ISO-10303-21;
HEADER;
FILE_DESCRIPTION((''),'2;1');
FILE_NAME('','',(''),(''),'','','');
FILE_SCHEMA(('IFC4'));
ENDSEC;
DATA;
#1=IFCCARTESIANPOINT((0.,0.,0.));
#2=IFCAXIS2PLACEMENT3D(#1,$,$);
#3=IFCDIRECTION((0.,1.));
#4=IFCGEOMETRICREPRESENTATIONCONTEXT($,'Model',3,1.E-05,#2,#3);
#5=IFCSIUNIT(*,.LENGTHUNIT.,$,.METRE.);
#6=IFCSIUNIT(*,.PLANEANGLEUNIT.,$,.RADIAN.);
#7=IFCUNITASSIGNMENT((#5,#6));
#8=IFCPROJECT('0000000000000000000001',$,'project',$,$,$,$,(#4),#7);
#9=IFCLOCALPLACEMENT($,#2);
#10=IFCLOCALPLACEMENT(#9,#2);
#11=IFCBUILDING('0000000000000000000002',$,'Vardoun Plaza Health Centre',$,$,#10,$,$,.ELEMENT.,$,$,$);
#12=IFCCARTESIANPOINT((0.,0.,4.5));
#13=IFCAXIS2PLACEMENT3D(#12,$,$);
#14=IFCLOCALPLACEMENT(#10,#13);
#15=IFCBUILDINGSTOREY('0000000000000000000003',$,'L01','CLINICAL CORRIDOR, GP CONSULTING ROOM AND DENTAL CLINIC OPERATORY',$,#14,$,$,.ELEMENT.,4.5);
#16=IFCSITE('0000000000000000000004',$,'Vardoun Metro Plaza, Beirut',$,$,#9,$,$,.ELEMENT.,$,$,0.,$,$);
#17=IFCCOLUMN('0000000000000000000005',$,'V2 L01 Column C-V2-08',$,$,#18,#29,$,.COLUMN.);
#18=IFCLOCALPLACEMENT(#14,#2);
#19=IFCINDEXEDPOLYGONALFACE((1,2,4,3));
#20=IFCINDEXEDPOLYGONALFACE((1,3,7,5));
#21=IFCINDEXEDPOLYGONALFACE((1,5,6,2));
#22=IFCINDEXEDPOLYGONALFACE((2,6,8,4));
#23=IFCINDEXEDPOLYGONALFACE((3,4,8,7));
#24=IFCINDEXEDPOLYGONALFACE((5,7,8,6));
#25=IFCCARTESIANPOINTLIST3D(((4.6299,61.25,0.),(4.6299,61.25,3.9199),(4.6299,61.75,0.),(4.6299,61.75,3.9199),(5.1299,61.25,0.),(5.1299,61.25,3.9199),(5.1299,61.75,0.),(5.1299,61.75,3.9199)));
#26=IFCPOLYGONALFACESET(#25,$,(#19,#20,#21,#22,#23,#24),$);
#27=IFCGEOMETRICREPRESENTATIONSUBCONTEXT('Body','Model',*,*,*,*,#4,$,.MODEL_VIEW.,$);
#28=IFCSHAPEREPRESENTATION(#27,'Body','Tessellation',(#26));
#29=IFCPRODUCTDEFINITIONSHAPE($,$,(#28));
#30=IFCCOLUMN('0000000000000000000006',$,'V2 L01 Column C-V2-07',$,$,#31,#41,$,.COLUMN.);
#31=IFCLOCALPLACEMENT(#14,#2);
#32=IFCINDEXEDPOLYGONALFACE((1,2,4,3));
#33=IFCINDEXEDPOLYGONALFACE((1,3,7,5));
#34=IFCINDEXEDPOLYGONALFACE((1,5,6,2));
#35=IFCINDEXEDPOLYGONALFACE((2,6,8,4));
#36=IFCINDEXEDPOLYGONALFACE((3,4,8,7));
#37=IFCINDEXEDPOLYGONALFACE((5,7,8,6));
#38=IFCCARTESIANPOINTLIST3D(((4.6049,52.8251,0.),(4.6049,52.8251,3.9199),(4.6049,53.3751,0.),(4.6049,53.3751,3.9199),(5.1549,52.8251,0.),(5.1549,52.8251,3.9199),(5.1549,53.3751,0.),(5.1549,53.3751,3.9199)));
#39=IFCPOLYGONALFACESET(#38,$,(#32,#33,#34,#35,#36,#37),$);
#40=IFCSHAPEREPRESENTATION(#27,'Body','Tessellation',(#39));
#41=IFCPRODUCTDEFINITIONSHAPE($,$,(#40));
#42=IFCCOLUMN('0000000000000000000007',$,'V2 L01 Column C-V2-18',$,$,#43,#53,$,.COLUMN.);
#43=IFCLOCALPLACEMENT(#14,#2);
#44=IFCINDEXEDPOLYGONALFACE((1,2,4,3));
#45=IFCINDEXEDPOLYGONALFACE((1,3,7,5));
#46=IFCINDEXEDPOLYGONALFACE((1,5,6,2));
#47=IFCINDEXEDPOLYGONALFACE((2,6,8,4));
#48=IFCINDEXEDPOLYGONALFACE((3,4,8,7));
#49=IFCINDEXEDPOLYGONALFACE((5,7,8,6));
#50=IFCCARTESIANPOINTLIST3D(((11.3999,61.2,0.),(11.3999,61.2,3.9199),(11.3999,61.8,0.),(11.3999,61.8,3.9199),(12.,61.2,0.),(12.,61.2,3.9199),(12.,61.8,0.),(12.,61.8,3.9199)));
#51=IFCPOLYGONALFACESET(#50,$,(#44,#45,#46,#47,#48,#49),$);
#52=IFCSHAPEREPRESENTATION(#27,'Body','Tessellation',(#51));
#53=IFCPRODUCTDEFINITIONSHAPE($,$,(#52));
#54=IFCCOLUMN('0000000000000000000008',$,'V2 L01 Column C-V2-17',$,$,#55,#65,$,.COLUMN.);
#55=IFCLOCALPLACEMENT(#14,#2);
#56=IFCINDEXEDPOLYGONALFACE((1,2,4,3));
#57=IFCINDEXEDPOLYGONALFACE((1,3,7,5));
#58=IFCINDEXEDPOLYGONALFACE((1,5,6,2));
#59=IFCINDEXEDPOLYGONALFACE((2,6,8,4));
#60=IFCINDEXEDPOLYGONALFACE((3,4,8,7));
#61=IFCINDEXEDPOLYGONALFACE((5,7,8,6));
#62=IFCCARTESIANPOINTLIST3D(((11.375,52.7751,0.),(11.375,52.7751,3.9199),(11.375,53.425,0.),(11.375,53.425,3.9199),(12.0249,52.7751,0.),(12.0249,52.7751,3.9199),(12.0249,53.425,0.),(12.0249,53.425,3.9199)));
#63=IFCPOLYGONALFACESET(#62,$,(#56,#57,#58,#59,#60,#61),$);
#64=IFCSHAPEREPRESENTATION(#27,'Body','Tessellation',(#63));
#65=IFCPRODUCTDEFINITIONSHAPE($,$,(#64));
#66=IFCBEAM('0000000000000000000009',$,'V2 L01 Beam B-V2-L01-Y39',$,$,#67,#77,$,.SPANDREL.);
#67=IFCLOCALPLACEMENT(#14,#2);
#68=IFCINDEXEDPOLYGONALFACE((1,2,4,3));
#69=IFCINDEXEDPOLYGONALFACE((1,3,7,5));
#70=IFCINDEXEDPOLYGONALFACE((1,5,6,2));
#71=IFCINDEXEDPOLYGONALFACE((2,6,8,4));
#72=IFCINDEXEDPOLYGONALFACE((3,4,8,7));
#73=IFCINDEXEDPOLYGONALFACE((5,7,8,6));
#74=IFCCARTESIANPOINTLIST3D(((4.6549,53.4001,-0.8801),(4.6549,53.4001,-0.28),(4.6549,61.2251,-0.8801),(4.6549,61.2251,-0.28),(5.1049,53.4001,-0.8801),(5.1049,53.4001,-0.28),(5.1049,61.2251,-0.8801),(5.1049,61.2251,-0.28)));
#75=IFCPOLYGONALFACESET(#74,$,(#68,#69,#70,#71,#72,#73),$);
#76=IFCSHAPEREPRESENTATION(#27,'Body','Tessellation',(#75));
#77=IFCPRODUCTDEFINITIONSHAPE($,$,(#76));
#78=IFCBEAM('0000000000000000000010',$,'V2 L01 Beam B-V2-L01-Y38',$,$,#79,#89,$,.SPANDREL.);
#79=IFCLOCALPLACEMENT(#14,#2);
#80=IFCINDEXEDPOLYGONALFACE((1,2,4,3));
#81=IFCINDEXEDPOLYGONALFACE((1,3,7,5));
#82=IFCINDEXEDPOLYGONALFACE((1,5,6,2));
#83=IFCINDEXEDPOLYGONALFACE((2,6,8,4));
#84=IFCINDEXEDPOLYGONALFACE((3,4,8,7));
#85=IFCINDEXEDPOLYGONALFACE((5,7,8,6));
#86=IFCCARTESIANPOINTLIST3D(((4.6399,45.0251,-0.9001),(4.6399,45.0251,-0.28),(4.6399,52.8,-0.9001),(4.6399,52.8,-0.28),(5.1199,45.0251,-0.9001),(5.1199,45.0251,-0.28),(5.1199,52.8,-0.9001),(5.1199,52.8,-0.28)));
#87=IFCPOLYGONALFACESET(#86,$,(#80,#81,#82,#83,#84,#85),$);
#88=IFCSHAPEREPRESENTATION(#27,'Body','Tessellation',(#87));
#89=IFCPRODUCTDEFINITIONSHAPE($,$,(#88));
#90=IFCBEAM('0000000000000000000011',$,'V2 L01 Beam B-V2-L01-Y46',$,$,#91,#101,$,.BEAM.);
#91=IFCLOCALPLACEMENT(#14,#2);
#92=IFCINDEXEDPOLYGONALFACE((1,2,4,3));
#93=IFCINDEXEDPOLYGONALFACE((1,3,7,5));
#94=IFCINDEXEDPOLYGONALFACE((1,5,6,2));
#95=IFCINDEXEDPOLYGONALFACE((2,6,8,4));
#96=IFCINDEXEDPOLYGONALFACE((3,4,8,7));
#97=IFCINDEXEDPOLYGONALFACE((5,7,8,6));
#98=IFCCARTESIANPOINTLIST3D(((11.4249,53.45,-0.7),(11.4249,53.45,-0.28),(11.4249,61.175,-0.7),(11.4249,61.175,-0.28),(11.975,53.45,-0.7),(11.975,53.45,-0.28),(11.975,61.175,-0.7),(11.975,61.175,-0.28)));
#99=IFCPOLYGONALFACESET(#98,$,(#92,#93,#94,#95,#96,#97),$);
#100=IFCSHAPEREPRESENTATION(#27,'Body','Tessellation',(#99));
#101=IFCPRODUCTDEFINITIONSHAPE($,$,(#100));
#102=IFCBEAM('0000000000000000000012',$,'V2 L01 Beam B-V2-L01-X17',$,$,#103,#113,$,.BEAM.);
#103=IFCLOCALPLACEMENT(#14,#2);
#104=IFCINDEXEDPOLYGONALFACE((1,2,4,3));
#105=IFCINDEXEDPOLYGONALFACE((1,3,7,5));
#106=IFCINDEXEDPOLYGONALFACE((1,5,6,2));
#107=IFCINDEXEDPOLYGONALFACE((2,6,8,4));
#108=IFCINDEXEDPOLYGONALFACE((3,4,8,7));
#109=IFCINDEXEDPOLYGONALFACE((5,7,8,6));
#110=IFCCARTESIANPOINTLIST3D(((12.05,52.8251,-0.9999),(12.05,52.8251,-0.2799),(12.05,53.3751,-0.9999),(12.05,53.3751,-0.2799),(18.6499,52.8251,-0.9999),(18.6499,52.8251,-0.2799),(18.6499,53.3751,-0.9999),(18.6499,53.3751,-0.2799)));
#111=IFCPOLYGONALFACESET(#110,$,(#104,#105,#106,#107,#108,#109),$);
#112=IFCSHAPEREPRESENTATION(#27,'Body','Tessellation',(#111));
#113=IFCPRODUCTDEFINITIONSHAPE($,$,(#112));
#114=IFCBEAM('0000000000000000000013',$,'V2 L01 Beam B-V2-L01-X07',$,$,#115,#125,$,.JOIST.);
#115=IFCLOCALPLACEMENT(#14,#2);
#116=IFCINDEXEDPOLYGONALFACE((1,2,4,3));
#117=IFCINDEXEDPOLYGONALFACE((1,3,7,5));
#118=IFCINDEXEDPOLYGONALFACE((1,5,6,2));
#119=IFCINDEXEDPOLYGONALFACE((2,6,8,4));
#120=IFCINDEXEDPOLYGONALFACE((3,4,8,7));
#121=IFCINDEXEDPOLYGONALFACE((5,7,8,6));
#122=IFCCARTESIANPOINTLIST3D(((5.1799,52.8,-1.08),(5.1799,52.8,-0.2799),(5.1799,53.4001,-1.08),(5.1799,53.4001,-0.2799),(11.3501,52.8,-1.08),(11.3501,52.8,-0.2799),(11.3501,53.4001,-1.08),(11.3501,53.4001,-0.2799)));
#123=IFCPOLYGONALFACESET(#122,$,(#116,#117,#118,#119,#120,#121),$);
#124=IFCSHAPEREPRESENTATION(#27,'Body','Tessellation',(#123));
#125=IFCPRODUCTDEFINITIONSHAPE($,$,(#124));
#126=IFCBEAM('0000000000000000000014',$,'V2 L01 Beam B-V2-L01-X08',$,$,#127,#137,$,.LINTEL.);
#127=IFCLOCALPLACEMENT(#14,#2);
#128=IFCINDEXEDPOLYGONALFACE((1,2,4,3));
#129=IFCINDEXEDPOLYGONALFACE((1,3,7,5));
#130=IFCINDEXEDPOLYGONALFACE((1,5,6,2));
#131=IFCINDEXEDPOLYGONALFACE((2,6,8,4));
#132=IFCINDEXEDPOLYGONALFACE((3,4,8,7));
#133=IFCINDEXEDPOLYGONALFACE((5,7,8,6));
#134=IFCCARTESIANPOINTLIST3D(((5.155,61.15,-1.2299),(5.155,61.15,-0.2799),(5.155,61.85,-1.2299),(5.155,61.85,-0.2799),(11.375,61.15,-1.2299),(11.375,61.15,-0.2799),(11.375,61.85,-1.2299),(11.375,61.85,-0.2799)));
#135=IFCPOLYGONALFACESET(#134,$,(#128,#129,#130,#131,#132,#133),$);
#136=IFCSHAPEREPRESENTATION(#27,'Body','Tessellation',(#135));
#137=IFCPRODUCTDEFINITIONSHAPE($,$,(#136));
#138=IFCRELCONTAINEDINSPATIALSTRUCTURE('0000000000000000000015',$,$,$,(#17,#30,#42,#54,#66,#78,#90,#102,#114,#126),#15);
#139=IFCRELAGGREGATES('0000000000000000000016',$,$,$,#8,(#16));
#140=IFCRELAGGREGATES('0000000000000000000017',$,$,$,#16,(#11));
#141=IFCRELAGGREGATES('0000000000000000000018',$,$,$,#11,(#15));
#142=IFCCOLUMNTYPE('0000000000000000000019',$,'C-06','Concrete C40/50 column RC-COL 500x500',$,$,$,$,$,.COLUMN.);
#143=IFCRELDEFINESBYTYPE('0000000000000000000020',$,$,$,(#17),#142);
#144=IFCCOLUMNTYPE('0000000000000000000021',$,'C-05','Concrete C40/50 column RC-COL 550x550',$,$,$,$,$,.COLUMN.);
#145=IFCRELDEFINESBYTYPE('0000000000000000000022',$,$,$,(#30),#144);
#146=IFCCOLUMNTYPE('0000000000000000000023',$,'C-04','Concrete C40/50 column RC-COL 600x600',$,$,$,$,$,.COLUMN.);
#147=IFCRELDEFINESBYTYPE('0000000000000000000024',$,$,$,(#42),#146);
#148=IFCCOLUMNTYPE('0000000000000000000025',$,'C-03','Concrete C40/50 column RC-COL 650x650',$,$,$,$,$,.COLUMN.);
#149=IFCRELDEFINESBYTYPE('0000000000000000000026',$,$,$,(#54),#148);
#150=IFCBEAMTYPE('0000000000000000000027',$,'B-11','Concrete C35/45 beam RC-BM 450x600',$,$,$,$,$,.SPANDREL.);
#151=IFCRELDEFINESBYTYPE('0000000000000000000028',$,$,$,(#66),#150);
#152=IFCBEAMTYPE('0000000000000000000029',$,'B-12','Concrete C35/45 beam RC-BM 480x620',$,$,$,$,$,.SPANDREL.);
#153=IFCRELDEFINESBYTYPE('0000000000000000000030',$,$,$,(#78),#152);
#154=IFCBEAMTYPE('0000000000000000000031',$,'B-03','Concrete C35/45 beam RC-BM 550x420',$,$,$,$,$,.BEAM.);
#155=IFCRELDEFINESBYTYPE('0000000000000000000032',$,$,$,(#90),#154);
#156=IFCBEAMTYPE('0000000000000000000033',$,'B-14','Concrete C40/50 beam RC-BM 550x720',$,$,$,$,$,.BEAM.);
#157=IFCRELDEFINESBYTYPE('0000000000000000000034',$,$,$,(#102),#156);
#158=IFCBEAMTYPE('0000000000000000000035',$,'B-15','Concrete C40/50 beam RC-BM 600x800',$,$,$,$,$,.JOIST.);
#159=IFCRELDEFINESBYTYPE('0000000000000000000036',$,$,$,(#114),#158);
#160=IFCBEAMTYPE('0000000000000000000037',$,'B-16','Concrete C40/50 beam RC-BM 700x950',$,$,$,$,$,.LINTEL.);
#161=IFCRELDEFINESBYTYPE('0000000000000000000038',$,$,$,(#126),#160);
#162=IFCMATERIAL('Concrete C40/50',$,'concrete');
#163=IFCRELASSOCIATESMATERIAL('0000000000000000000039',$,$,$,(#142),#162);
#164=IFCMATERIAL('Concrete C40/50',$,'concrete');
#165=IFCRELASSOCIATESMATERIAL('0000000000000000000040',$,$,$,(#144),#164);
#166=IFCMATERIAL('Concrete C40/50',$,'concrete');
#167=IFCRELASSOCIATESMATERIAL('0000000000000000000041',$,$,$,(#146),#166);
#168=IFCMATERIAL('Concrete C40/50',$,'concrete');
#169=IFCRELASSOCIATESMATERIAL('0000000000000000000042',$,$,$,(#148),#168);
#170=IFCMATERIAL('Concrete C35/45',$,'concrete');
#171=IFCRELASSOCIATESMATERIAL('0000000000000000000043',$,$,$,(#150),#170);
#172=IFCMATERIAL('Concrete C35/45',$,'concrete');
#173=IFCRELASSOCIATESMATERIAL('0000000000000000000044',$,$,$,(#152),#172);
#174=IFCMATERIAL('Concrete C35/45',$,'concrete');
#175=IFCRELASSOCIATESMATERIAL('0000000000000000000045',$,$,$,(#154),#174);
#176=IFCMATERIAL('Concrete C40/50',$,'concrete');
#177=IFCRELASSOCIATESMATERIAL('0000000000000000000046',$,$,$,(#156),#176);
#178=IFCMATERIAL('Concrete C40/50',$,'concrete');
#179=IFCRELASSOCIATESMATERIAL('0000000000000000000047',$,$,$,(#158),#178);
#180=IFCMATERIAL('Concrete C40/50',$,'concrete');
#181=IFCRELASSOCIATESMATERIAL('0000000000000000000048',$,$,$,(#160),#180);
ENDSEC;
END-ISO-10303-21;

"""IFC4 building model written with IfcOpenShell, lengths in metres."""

from ifc_helpers import new_model, si_unit, direction, frame, origin, origin_2d, place, context, subcontext, project, spatial, rectangle, extrude, material, material_profile, profile_set, type_object, element, save


model = new_model("IFC4")

# Units and contexts
model_context = context("Model", 3, precision=1e-05, world=origin(), true_north=direction((0.0, 1.0)))
body_context = subcontext(model_context, "Body", "Model", "MODEL_VIEW")
ifc_project = project(units=[si_unit("LENGTHUNIT", "METRE"), si_unit("PLANEANGLEUNIT", "RADIAN")], contexts=[model_context])

# Site, building, storey
site_placement = place(None, origin())
site = spatial("IfcSite", under=ifc_project, at=site_placement, Name="Vardoun Metro Plaza, Beirut", CompositionType="ELEMENT", RefElevation=0.0)
building_placement = place(site_placement, origin())
building = spatial("IfcBuilding", under=site, at=building_placement, Name="Vardoun Plaza Health Centre", CompositionType="ELEMENT")
storey_placement = place(building_placement, frame((0.0, 0.0, 4.5)))
storey = spatial("IfcBuildingStorey", under=building, at=storey_placement, Name="L01", Description="CLINICAL CORRIDOR, GP CONSULTING ROOM AND DENTAL CLINIC OPERATORY", CompositionType="ELEMENT", Elevation=4.5)

# Columns
ifc_material_1 = material(Name="Concrete C40/50", Category="concrete")
ifc_material_profile_1 = material_profile(ifc_material_1, rectangle(XDim=0.5, YDim=0.5, at=origin_2d()), Name="RC-COL 500x500")
ifc_profile_set_1 = profile_set([ifc_material_profile_1], Name="Concrete C40/50")
column_type_1 = type_object("IfcColumnType", Name="C-06", Description="Concrete C40/50 column RC-COL 500x500", PredefinedType="COLUMN", material=ifc_profile_set_1)
column_1_placement = place(storey_placement, frame((4.8799, 61.5, 0.0), z_axis=(0.0, 0.0, 1.0), x_axis=(1.0, 0.0, 0.0)))
element("IfcColumn", 1, at=column_1_placement, inside=storey, type_object=column_type_1, Name="V2 L01 Column C-V2-08", PredefinedType="COLUMN", context=body_context, shape_type="SweptSolid", body=[
    extrude(rectangle(XDim=0.5, YDim=0.5, at=origin_2d()), origin(), (0.0, 0.0, 1.0), 3.9199),
])
ifc_material_2 = material(Name="Concrete C40/50", Category="concrete")
ifc_material_profile_2 = material_profile(ifc_material_2, rectangle(XDim=0.55, YDim=0.55, at=origin_2d()), Name="RC-COL 550x550")
ifc_profile_set_2 = profile_set([ifc_material_profile_2], Name="Concrete C40/50")
column_type_2 = type_object("IfcColumnType", Name="C-05", Description="Concrete C40/50 column RC-COL 550x550", PredefinedType="COLUMN", material=ifc_profile_set_2)
column_2_placement = place(storey_placement, frame((4.8799, 53.1001, 0.0), z_axis=(0.0, 0.0, 1.0), x_axis=(1.0, 0.0, 0.0)))
element("IfcColumn", 2, at=column_2_placement, inside=storey, type_object=column_type_2, Name="V2 L01 Column C-V2-07", PredefinedType="COLUMN", context=body_context, shape_type="SweptSolid", body=[
    extrude(rectangle(XDim=0.55, YDim=0.55, at=origin_2d()), origin(), (0.0, 0.0, 1.0), 3.9199),
])
ifc_material_3 = material(Name="Concrete C40/50", Category="concrete")
ifc_material_profile_3 = material_profile(ifc_material_3, rectangle(XDim=0.6001, YDim=0.6001, at=origin_2d()), Name="RC-COL 600x600")
ifc_profile_set_3 = profile_set([ifc_material_profile_3], Name="Concrete C40/50")
column_type_3 = type_object("IfcColumnType", Name="C-04", Description="Concrete C40/50 column RC-COL 600x600", PredefinedType="COLUMN", material=ifc_profile_set_3)
column_3_placement = place(storey_placement, frame((11.7, 61.5, 0.0), z_axis=(0.0, 0.0, 1.0), x_axis=(1.0, 0.0, 0.0)))
element("IfcColumn", 3, at=column_3_placement, inside=storey, type_object=column_type_3, Name="V2 L01 Column C-V2-18", PredefinedType="COLUMN", context=body_context, shape_type="SweptSolid", body=[
    extrude(rectangle(XDim=0.6001, YDim=0.6001, at=origin_2d()), origin(), (0.0, 0.0, 1.0), 3.9199),
])
ifc_material_4 = material(Name="Concrete C40/50", Category="concrete")
ifc_material_profile_4 = material_profile(ifc_material_4, rectangle(XDim=0.6499, YDim=0.6499, at=origin_2d()), Name="RC-COL 650x650")
ifc_profile_set_4 = profile_set([ifc_material_profile_4], Name="Concrete C40/50")
column_type_4 = type_object("IfcColumnType", Name="C-03", Description="Concrete C40/50 column RC-COL 650x650", PredefinedType="COLUMN", material=ifc_profile_set_4)
column_4_placement = place(storey_placement, frame((11.7, 53.1001, 0.0), z_axis=(0.0, 0.0, 1.0), x_axis=(1.0, 0.0, 0.0)))
element("IfcColumn", 4, at=column_4_placement, inside=storey, type_object=column_type_4, Name="V2 L01 Column C-V2-17", PredefinedType="COLUMN", context=body_context, shape_type="SweptSolid", body=[
    extrude(rectangle(XDim=0.6499, YDim=0.6499, at=origin_2d()), origin(), (0.0, 0.0, 1.0), 3.9199),
])

# Beams
ifc_material_5 = material(Name="Concrete C35/45", Category="concrete")
ifc_material_profile_5 = material_profile(ifc_material_5, rectangle(XDim=0.45, YDim=0.6001, at=origin_2d()), Name="RC-BM 450x600")
ifc_profile_set_5 = profile_set([ifc_material_profile_5], Name="Concrete C35/45")
beam_type_1 = type_object("IfcBeamType", Name="B-11", Description="Concrete C35/45 beam RC-BM 450x600", PredefinedType="SPANDREL", material=ifc_profile_set_5)
beam_1_placement = place(storey_placement, frame((4.8799, 53.4001, -0.5801), z_axis=(0.0, 1.0, 0.0), x_axis=(-1.0, 0.0, 0.0)))
element("IfcBeam", 5, at=beam_1_placement, inside=storey, type_object=beam_type_1, Name="V2 L01 Beam B-V2-L01-Y39", PredefinedType="SPANDREL", context=body_context, shape_type="SweptSolid", body=[
    extrude(rectangle(XDim=0.45, YDim=0.6001, at=origin_2d()), origin(), (0.0, 0.0, 1.0), 7.825),
])
ifc_material_6 = material(Name="Concrete C35/45", Category="concrete")
ifc_material_profile_6 = material_profile(ifc_material_6, rectangle(XDim=0.48, YDim=0.6201, at=origin_2d()), Name="RC-BM 480x620")
ifc_profile_set_6 = profile_set([ifc_material_profile_6], Name="Concrete C35/45")
beam_type_2 = type_object("IfcBeamType", Name="B-12", Description="Concrete C35/45 beam RC-BM 480x620", PredefinedType="SPANDREL", material=ifc_profile_set_6)
beam_2_placement = place(storey_placement, frame((4.8799, 45.0251, -0.5901), z_axis=(0.0, 1.0, 0.0), x_axis=(-1.0, 0.0, 0.0)))
element("IfcBeam", 6, at=beam_2_placement, inside=storey, type_object=beam_type_2, Name="V2 L01 Beam B-V2-L01-Y38", PredefinedType="SPANDREL", context=body_context, shape_type="SweptSolid", body=[
    extrude(rectangle(XDim=0.48, YDim=0.6201, at=origin_2d()), origin(), (0.0, 0.0, 1.0), 7.7749),
])
ifc_material_7 = material(Name="Concrete C35/45", Category="concrete")
ifc_material_profile_7 = material_profile(ifc_material_7, rectangle(XDim=0.55, YDim=0.4199, at=origin_2d()), Name="RC-BM 550x420")
ifc_profile_set_7 = profile_set([ifc_material_profile_7], Name="Concrete C35/45")
beam_type_3 = type_object("IfcBeamType", Name="B-03", Description="Concrete C35/45 beam RC-BM 550x420", PredefinedType="BEAM", material=ifc_profile_set_7)
beam_3_placement = place(storey_placement, frame((11.7, 53.45, -0.49), z_axis=(0.0, 1.0, 0.0), x_axis=(-1.0, 0.0, 0.0)))
element("IfcBeam", 7, at=beam_3_placement, inside=storey, type_object=beam_type_3, Name="V2 L01 Beam B-V2-L01-Y46", PredefinedType="BEAM", context=body_context, shape_type="SweptSolid", body=[
    extrude(rectangle(XDim=0.55, YDim=0.4199, at=origin_2d()), origin(), (0.0, 0.0, 1.0), 7.7251),
])
ifc_material_8 = material(Name="Concrete C40/50", Category="concrete")
ifc_material_profile_8 = material_profile(ifc_material_8, rectangle(XDim=0.55, YDim=0.72, at=origin_2d()), Name="RC-BM 550x720")
ifc_profile_set_8 = profile_set([ifc_material_profile_8], Name="Concrete C40/50")
beam_type_4 = type_object("IfcBeamType", Name="B-14", Description="Concrete C40/50 beam RC-BM 550x720", PredefinedType="BEAM", material=ifc_profile_set_8)
beam_4_placement = place(storey_placement, frame((12.05, 53.1001, -0.6399), z_axis=(1.0, 0.0, 0.0), x_axis=(0.0, 1.0, 0.0)))
element("IfcBeam", 8, at=beam_4_placement, inside=storey, type_object=beam_type_4, Name="V2 L01 Beam B-V2-L01-X17", PredefinedType="BEAM", context=body_context, shape_type="SweptSolid", body=[
    extrude(rectangle(XDim=0.55, YDim=0.72, at=origin_2d()), origin(), (0.0, 0.0, 1.0), 6.5999),
])
ifc_material_9 = material(Name="Concrete C40/50", Category="concrete")
ifc_material_profile_9 = material_profile(ifc_material_9, rectangle(XDim=0.6001, YDim=0.8, at=origin_2d()), Name="RC-BM 600x800")
ifc_profile_set_9 = profile_set([ifc_material_profile_9], Name="Concrete C40/50")
beam_type_5 = type_object("IfcBeamType", Name="B-15", Description="Concrete C40/50 beam RC-BM 600x800", PredefinedType="JOIST", material=ifc_profile_set_9)
beam_5_placement = place(storey_placement, frame((5.1799, 53.1001, -0.6799), z_axis=(1.0, 0.0, 0.0), x_axis=(0.0, 1.0, 0.0)))
element("IfcBeam", 9, at=beam_5_placement, inside=storey, type_object=beam_type_5, Name="V2 L01 Beam B-V2-L01-X07", PredefinedType="JOIST", context=body_context, shape_type="SweptSolid", body=[
    extrude(rectangle(XDim=0.6001, YDim=0.8, at=origin_2d()), origin(), (0.0, 0.0, 1.0), 6.1702),
])
ifc_material_10 = material(Name="Concrete C40/50", Category="concrete")
ifc_material_profile_10 = material_profile(ifc_material_10, rectangle(XDim=0.7, YDim=0.95, at=origin_2d()), Name="RC-BM 700x950")
ifc_profile_set_10 = profile_set([ifc_material_profile_10], Name="Concrete C40/50")
beam_type_6 = type_object("IfcBeamType", Name="B-16", Description="Concrete C40/50 beam RC-BM 700x950", PredefinedType="LINTEL", material=ifc_profile_set_10)
beam_6_placement = place(storey_placement, frame((5.155, 61.5, -0.7549), z_axis=(1.0, 0.0, 0.0), x_axis=(0.0, 1.0, 0.0)))
element("IfcBeam", 10, at=beam_6_placement, inside=storey, type_object=beam_type_6, Name="V2 L01 Beam B-V2-L01-X08", PredefinedType="LINTEL", context=body_context, shape_type="SweptSolid", body=[
    extrude(rectangle(XDim=0.7, YDim=0.95, at=origin_2d()), origin(), (0.0, 0.0, 1.0), 6.22),
])

save(model, "model.ifc")
